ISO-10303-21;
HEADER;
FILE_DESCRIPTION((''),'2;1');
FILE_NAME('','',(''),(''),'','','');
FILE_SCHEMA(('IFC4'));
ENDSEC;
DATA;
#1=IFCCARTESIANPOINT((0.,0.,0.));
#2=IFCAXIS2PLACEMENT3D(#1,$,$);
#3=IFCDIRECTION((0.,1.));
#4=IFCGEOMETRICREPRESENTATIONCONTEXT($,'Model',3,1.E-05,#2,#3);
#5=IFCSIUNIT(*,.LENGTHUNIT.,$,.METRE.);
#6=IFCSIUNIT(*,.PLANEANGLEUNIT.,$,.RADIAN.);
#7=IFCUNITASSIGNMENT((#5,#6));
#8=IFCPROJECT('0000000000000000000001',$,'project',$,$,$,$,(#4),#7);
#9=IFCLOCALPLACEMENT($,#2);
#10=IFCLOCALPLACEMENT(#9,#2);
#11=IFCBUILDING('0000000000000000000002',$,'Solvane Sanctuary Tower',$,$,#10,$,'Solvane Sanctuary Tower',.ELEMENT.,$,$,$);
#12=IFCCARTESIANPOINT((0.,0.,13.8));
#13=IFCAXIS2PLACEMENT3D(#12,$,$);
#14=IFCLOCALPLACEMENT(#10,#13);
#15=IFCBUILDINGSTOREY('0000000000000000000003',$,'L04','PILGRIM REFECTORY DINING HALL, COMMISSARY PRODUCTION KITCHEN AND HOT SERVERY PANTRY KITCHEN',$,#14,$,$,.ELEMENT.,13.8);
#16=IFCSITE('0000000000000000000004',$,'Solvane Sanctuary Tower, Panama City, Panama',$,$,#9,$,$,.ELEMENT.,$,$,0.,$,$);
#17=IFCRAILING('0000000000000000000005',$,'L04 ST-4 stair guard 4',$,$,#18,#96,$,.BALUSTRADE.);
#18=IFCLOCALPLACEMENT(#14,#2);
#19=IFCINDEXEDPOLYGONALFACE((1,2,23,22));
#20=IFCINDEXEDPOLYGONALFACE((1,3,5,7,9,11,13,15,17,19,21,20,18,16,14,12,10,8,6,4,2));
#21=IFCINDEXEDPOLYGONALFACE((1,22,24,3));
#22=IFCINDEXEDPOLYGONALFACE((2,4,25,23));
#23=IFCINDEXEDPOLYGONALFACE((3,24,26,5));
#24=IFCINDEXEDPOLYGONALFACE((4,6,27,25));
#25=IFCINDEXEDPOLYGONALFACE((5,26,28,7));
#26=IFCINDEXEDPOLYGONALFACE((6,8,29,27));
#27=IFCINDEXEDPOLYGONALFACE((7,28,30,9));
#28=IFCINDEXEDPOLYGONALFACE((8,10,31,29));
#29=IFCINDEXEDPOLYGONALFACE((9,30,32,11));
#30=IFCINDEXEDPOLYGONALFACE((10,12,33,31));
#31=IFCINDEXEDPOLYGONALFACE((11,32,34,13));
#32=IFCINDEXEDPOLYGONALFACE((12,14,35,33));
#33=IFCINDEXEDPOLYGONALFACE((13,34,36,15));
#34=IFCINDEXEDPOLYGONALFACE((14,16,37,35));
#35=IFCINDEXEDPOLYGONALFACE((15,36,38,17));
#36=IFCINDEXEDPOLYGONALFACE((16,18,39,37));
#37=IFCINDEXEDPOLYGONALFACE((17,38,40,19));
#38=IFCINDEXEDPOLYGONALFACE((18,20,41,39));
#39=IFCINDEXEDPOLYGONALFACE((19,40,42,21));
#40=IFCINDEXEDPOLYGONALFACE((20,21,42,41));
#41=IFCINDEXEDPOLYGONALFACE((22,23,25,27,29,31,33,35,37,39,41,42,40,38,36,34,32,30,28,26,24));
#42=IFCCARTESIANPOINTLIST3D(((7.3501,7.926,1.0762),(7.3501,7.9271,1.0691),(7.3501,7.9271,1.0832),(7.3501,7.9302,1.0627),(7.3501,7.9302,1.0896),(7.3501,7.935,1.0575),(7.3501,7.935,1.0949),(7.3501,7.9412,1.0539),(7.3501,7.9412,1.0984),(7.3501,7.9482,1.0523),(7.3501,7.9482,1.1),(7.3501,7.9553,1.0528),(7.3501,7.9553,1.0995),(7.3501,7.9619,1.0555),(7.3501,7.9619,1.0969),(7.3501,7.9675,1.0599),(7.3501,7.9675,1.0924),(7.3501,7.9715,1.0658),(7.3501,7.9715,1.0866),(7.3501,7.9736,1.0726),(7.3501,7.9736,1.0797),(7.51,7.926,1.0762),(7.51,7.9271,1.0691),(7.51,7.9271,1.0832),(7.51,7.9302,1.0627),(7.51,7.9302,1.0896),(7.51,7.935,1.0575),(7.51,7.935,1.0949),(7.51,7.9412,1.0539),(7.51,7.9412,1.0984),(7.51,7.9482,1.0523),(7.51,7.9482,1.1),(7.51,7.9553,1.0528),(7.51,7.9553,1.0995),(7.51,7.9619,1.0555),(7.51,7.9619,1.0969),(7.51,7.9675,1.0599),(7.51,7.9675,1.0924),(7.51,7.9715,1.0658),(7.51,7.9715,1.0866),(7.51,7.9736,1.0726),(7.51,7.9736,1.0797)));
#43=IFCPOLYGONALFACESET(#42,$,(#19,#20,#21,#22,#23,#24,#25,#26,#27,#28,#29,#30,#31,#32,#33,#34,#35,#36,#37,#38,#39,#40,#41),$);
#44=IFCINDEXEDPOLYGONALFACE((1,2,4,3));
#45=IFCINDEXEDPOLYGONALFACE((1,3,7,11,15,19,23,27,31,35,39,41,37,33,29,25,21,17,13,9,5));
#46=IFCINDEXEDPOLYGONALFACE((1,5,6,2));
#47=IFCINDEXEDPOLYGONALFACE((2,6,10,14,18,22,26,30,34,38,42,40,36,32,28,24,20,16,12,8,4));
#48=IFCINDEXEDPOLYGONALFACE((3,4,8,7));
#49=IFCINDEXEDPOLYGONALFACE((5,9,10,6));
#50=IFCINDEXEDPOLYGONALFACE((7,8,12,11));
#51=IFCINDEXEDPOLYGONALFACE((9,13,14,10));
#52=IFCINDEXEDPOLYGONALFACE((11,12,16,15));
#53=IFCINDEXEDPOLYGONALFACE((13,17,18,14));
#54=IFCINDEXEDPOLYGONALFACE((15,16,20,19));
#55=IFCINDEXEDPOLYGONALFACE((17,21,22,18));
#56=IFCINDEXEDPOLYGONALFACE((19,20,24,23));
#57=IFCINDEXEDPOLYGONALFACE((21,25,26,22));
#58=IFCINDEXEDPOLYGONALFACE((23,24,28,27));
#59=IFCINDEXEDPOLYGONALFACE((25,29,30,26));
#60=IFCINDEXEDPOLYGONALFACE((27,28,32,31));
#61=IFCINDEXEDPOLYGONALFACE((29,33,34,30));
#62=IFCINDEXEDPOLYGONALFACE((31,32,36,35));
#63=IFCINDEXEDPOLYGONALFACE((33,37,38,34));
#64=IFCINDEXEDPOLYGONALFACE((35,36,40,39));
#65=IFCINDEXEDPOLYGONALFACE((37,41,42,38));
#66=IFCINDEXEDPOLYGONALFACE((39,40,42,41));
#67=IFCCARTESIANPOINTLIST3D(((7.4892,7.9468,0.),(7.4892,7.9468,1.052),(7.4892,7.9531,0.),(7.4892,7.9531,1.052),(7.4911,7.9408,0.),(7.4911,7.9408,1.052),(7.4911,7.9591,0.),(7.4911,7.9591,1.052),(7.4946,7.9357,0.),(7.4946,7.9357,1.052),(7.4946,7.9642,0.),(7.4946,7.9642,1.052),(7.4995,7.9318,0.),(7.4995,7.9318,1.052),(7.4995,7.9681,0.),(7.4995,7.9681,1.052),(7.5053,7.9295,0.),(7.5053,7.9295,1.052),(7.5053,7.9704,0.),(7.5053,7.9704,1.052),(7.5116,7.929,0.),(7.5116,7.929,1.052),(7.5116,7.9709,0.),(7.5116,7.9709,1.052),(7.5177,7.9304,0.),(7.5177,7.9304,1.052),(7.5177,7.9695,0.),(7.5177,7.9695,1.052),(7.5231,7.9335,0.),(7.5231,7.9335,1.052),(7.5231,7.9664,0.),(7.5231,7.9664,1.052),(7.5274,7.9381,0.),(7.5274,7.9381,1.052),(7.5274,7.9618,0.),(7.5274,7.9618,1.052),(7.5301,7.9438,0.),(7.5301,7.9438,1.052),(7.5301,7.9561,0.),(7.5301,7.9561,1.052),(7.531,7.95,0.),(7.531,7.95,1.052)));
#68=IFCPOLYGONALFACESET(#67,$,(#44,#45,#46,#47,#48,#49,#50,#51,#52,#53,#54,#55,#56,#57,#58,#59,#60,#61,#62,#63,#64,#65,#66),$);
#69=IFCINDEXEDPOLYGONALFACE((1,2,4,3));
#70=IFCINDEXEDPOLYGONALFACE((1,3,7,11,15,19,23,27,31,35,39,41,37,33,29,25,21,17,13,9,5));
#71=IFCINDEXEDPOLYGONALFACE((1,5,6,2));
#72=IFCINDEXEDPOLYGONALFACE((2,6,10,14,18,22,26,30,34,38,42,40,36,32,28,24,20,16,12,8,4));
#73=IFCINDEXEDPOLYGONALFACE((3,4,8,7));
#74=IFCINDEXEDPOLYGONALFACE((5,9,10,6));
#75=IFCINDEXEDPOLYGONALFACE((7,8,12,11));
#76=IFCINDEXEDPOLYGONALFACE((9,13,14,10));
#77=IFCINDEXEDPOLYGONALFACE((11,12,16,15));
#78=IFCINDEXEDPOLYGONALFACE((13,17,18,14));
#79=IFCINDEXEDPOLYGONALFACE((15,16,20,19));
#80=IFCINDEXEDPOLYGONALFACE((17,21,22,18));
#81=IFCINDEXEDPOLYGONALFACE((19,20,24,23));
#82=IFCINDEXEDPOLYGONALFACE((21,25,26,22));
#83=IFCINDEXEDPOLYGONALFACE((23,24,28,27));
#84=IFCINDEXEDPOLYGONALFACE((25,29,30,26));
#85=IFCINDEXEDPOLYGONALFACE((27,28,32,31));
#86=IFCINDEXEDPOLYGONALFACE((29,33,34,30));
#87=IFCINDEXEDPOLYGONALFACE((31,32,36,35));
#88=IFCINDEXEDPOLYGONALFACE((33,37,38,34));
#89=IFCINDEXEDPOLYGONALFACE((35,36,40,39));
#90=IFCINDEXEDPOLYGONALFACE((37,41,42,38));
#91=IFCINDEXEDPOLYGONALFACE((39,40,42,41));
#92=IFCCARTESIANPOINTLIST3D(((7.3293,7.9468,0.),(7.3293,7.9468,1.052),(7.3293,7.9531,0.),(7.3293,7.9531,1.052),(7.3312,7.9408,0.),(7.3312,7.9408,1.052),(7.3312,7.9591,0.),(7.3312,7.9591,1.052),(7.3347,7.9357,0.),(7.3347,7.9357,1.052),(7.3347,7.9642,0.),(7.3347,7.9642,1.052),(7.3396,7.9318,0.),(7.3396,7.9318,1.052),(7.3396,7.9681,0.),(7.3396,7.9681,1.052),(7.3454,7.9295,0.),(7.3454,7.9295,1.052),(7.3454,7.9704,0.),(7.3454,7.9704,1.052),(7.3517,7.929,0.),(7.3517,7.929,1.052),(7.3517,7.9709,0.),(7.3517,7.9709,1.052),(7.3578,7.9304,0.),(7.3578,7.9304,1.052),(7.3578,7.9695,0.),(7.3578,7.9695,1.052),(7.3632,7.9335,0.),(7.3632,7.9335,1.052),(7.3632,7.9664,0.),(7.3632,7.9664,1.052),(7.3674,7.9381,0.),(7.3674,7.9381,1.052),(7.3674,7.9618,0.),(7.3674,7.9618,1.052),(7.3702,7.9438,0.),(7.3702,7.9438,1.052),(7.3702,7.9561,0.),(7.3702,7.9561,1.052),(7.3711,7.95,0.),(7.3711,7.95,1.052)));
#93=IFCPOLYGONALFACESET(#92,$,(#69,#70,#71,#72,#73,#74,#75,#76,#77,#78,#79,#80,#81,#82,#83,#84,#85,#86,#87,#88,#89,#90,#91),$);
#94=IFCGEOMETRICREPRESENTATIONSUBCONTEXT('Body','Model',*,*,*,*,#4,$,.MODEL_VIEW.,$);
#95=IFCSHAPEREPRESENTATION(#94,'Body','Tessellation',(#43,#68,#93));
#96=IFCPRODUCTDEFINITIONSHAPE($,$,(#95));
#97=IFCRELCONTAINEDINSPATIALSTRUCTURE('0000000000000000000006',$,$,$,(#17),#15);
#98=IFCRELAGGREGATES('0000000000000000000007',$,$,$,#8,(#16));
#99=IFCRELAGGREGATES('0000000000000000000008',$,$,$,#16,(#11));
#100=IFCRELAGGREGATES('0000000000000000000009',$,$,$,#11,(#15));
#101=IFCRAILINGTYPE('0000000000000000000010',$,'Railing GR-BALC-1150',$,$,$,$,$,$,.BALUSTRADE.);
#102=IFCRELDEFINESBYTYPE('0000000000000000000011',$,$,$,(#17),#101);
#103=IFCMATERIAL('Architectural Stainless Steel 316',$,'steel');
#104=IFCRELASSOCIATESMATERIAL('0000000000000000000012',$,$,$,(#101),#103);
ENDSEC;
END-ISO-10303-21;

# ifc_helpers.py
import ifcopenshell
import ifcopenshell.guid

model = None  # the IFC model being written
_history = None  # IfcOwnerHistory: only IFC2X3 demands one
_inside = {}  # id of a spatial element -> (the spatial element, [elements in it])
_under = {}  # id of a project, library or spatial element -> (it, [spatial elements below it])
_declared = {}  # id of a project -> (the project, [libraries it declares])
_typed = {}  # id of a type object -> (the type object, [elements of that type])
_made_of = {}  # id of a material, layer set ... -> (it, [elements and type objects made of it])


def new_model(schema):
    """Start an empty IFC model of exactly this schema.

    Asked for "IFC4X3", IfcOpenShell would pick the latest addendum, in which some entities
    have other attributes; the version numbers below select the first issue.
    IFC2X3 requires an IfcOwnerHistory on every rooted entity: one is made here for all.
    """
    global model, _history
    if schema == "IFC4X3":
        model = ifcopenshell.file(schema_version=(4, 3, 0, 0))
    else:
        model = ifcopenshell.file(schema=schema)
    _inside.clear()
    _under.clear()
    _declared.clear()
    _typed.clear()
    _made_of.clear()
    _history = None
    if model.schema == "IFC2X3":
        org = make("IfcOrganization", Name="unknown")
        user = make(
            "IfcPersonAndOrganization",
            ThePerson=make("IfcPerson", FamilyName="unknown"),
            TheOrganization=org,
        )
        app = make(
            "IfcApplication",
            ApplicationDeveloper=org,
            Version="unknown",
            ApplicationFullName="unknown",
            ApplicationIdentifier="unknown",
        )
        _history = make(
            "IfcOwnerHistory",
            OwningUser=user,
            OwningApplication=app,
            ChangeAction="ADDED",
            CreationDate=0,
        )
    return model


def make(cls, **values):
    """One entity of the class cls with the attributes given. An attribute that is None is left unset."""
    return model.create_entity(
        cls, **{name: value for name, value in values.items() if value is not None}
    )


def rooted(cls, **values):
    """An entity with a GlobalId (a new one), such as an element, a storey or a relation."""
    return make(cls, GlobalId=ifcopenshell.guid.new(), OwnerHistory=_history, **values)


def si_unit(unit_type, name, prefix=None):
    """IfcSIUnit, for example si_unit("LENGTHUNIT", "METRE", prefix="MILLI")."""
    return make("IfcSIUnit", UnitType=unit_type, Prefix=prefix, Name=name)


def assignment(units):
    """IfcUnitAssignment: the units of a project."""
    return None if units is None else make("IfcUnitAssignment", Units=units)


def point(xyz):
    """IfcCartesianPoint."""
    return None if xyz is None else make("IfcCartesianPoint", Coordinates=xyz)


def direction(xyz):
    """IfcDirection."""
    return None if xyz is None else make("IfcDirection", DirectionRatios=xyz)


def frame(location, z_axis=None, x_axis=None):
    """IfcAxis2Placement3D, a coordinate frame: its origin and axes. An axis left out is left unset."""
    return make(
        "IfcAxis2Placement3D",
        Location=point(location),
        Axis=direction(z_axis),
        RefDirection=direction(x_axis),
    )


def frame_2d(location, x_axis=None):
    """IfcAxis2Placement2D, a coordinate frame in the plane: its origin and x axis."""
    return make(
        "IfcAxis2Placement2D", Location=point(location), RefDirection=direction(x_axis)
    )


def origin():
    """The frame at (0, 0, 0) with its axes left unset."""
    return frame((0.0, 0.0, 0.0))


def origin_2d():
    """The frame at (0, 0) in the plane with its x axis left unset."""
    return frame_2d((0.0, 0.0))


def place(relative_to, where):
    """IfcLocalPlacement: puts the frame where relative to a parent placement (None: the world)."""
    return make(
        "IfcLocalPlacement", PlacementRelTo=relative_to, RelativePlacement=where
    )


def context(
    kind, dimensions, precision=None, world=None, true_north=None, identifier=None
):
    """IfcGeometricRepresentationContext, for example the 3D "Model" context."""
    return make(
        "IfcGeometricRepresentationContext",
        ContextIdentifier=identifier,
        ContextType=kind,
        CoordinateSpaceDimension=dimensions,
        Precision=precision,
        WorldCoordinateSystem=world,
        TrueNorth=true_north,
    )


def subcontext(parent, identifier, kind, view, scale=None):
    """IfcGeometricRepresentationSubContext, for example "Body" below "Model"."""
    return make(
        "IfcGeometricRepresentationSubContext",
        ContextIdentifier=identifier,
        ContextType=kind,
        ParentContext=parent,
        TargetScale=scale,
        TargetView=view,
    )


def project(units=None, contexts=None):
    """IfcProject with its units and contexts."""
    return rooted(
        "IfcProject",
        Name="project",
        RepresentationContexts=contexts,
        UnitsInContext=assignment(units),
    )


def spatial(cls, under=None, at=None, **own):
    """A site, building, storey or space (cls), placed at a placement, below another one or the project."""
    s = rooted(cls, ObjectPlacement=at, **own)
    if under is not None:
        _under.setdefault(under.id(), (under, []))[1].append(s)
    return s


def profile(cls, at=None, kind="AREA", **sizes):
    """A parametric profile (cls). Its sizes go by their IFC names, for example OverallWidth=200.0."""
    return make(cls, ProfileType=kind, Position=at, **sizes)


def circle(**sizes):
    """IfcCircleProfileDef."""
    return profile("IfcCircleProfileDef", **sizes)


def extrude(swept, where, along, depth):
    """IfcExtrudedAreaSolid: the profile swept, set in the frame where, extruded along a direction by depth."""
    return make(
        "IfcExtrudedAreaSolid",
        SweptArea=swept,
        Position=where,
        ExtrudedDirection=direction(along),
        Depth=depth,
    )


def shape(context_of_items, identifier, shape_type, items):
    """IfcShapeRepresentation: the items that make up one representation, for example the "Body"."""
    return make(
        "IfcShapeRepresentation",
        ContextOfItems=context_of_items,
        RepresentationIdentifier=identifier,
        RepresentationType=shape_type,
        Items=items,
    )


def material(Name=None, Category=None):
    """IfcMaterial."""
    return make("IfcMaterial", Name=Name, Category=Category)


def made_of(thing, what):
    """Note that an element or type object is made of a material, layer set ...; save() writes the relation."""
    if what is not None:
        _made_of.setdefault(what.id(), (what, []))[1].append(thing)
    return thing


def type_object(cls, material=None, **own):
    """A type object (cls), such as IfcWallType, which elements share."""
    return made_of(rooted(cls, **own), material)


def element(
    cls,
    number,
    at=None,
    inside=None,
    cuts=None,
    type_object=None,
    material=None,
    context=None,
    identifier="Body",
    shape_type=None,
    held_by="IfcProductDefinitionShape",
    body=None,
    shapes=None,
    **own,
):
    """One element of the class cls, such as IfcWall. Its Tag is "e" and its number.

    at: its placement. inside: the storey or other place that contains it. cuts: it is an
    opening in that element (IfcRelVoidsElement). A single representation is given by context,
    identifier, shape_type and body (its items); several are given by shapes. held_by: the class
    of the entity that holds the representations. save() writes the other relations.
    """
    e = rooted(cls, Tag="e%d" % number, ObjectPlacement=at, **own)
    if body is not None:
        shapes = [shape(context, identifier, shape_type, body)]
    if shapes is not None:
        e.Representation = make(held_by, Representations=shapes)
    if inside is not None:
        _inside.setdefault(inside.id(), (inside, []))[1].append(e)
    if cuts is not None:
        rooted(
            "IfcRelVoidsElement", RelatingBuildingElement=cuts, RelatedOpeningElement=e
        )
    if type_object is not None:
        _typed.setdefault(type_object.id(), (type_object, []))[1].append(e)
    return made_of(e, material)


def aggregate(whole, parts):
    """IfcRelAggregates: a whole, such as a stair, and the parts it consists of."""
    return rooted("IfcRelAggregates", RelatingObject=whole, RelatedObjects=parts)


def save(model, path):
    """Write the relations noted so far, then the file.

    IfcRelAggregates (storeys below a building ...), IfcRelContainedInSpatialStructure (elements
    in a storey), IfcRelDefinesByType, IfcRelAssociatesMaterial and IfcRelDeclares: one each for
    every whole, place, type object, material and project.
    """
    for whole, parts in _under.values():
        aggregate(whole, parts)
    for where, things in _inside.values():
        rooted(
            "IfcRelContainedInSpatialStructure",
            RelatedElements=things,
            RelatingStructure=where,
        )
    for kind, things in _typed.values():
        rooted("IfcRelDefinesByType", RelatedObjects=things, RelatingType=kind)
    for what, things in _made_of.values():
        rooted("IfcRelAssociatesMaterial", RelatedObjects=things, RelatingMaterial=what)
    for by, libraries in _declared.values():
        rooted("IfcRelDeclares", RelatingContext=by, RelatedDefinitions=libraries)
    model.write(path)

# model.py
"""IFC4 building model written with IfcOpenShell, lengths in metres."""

from ifc_helpers import new_model, si_unit, direction, frame, origin, origin_2d, place, context, subcontext, project, spatial, circle, extrude, material, type_object, element, save


model = new_model("IFC4")

# Units and contexts
model_context = context("Model", 3, precision=1e-05, world=origin(), true_north=direction((0.0, 1.0)))
body_context = subcontext(model_context, "Body", "Model", "MODEL_VIEW")
ifc_project = project(units=[si_unit("LENGTHUNIT", "METRE"), si_unit("PLANEANGLEUNIT", "RADIAN")], contexts=[model_context])

# Site, building, storey
site_placement = place(None, origin())
site = spatial("IfcSite", under=ifc_project, at=site_placement, Name="Solvane Sanctuary Tower, Panama City, Panama", CompositionType="ELEMENT", RefElevation=0.0)
building_placement = place(site_placement, origin())
building = spatial("IfcBuilding", under=site, at=building_placement, Name="Solvane Sanctuary Tower", LongName="Solvane Sanctuary Tower", CompositionType="ELEMENT")
storey_placement = place(building_placement, frame((0.0, 0.0, 13.8)))
storey = spatial("IfcBuildingStorey", under=building, at=storey_placement, Name="L04", Description="PILGRIM REFECTORY DINING HALL, COMMISSARY PRODUCTION KITCHEN AND HOT SERVERY PANTRY KITCHEN", CompositionType="ELEMENT", Elevation=13.8)

# Shared definitions
ifc_material_1 = material(Name="Architectural Stainless Steel 316", Category="steel")

# Railing
railing_type_1 = type_object("IfcRailingType", Name="Railing GR-BALC-1150", PredefinedType="BALUSTRADE", material=ifc_material_1)
railing_1_placement = place(storey_placement, frame((7.51, 7.95, 0.0)))
element("IfcRailing", 1, at=railing_1_placement, inside=storey, type_object=railing_type_1, Name="L04 ST-4 stair guard 4", PredefinedType="BALUSTRADE", context=body_context, shape_type="SweptSolid", body=[
    extrude(circle(Radius=0.0239, at=origin_2d()), frame((0.0, 0.0, 1.0762), z_axis=(-1.0, 0.0, 0.0), x_axis=(0.0, -1.0, 0.0)), (0.0, 0.0, 1.0), 0.1599),
    extrude(circle(Radius=0.021, at=origin_2d()), origin(), (0.0, 0.0, 1.0), 1.052),
    extrude(circle(Radius=0.021, at=origin_2d()), frame((-0.1599, 0.0, 0.0)), (0.0, 0.0, 1.0), 1.052),
])

save(model, "model.ifc")
